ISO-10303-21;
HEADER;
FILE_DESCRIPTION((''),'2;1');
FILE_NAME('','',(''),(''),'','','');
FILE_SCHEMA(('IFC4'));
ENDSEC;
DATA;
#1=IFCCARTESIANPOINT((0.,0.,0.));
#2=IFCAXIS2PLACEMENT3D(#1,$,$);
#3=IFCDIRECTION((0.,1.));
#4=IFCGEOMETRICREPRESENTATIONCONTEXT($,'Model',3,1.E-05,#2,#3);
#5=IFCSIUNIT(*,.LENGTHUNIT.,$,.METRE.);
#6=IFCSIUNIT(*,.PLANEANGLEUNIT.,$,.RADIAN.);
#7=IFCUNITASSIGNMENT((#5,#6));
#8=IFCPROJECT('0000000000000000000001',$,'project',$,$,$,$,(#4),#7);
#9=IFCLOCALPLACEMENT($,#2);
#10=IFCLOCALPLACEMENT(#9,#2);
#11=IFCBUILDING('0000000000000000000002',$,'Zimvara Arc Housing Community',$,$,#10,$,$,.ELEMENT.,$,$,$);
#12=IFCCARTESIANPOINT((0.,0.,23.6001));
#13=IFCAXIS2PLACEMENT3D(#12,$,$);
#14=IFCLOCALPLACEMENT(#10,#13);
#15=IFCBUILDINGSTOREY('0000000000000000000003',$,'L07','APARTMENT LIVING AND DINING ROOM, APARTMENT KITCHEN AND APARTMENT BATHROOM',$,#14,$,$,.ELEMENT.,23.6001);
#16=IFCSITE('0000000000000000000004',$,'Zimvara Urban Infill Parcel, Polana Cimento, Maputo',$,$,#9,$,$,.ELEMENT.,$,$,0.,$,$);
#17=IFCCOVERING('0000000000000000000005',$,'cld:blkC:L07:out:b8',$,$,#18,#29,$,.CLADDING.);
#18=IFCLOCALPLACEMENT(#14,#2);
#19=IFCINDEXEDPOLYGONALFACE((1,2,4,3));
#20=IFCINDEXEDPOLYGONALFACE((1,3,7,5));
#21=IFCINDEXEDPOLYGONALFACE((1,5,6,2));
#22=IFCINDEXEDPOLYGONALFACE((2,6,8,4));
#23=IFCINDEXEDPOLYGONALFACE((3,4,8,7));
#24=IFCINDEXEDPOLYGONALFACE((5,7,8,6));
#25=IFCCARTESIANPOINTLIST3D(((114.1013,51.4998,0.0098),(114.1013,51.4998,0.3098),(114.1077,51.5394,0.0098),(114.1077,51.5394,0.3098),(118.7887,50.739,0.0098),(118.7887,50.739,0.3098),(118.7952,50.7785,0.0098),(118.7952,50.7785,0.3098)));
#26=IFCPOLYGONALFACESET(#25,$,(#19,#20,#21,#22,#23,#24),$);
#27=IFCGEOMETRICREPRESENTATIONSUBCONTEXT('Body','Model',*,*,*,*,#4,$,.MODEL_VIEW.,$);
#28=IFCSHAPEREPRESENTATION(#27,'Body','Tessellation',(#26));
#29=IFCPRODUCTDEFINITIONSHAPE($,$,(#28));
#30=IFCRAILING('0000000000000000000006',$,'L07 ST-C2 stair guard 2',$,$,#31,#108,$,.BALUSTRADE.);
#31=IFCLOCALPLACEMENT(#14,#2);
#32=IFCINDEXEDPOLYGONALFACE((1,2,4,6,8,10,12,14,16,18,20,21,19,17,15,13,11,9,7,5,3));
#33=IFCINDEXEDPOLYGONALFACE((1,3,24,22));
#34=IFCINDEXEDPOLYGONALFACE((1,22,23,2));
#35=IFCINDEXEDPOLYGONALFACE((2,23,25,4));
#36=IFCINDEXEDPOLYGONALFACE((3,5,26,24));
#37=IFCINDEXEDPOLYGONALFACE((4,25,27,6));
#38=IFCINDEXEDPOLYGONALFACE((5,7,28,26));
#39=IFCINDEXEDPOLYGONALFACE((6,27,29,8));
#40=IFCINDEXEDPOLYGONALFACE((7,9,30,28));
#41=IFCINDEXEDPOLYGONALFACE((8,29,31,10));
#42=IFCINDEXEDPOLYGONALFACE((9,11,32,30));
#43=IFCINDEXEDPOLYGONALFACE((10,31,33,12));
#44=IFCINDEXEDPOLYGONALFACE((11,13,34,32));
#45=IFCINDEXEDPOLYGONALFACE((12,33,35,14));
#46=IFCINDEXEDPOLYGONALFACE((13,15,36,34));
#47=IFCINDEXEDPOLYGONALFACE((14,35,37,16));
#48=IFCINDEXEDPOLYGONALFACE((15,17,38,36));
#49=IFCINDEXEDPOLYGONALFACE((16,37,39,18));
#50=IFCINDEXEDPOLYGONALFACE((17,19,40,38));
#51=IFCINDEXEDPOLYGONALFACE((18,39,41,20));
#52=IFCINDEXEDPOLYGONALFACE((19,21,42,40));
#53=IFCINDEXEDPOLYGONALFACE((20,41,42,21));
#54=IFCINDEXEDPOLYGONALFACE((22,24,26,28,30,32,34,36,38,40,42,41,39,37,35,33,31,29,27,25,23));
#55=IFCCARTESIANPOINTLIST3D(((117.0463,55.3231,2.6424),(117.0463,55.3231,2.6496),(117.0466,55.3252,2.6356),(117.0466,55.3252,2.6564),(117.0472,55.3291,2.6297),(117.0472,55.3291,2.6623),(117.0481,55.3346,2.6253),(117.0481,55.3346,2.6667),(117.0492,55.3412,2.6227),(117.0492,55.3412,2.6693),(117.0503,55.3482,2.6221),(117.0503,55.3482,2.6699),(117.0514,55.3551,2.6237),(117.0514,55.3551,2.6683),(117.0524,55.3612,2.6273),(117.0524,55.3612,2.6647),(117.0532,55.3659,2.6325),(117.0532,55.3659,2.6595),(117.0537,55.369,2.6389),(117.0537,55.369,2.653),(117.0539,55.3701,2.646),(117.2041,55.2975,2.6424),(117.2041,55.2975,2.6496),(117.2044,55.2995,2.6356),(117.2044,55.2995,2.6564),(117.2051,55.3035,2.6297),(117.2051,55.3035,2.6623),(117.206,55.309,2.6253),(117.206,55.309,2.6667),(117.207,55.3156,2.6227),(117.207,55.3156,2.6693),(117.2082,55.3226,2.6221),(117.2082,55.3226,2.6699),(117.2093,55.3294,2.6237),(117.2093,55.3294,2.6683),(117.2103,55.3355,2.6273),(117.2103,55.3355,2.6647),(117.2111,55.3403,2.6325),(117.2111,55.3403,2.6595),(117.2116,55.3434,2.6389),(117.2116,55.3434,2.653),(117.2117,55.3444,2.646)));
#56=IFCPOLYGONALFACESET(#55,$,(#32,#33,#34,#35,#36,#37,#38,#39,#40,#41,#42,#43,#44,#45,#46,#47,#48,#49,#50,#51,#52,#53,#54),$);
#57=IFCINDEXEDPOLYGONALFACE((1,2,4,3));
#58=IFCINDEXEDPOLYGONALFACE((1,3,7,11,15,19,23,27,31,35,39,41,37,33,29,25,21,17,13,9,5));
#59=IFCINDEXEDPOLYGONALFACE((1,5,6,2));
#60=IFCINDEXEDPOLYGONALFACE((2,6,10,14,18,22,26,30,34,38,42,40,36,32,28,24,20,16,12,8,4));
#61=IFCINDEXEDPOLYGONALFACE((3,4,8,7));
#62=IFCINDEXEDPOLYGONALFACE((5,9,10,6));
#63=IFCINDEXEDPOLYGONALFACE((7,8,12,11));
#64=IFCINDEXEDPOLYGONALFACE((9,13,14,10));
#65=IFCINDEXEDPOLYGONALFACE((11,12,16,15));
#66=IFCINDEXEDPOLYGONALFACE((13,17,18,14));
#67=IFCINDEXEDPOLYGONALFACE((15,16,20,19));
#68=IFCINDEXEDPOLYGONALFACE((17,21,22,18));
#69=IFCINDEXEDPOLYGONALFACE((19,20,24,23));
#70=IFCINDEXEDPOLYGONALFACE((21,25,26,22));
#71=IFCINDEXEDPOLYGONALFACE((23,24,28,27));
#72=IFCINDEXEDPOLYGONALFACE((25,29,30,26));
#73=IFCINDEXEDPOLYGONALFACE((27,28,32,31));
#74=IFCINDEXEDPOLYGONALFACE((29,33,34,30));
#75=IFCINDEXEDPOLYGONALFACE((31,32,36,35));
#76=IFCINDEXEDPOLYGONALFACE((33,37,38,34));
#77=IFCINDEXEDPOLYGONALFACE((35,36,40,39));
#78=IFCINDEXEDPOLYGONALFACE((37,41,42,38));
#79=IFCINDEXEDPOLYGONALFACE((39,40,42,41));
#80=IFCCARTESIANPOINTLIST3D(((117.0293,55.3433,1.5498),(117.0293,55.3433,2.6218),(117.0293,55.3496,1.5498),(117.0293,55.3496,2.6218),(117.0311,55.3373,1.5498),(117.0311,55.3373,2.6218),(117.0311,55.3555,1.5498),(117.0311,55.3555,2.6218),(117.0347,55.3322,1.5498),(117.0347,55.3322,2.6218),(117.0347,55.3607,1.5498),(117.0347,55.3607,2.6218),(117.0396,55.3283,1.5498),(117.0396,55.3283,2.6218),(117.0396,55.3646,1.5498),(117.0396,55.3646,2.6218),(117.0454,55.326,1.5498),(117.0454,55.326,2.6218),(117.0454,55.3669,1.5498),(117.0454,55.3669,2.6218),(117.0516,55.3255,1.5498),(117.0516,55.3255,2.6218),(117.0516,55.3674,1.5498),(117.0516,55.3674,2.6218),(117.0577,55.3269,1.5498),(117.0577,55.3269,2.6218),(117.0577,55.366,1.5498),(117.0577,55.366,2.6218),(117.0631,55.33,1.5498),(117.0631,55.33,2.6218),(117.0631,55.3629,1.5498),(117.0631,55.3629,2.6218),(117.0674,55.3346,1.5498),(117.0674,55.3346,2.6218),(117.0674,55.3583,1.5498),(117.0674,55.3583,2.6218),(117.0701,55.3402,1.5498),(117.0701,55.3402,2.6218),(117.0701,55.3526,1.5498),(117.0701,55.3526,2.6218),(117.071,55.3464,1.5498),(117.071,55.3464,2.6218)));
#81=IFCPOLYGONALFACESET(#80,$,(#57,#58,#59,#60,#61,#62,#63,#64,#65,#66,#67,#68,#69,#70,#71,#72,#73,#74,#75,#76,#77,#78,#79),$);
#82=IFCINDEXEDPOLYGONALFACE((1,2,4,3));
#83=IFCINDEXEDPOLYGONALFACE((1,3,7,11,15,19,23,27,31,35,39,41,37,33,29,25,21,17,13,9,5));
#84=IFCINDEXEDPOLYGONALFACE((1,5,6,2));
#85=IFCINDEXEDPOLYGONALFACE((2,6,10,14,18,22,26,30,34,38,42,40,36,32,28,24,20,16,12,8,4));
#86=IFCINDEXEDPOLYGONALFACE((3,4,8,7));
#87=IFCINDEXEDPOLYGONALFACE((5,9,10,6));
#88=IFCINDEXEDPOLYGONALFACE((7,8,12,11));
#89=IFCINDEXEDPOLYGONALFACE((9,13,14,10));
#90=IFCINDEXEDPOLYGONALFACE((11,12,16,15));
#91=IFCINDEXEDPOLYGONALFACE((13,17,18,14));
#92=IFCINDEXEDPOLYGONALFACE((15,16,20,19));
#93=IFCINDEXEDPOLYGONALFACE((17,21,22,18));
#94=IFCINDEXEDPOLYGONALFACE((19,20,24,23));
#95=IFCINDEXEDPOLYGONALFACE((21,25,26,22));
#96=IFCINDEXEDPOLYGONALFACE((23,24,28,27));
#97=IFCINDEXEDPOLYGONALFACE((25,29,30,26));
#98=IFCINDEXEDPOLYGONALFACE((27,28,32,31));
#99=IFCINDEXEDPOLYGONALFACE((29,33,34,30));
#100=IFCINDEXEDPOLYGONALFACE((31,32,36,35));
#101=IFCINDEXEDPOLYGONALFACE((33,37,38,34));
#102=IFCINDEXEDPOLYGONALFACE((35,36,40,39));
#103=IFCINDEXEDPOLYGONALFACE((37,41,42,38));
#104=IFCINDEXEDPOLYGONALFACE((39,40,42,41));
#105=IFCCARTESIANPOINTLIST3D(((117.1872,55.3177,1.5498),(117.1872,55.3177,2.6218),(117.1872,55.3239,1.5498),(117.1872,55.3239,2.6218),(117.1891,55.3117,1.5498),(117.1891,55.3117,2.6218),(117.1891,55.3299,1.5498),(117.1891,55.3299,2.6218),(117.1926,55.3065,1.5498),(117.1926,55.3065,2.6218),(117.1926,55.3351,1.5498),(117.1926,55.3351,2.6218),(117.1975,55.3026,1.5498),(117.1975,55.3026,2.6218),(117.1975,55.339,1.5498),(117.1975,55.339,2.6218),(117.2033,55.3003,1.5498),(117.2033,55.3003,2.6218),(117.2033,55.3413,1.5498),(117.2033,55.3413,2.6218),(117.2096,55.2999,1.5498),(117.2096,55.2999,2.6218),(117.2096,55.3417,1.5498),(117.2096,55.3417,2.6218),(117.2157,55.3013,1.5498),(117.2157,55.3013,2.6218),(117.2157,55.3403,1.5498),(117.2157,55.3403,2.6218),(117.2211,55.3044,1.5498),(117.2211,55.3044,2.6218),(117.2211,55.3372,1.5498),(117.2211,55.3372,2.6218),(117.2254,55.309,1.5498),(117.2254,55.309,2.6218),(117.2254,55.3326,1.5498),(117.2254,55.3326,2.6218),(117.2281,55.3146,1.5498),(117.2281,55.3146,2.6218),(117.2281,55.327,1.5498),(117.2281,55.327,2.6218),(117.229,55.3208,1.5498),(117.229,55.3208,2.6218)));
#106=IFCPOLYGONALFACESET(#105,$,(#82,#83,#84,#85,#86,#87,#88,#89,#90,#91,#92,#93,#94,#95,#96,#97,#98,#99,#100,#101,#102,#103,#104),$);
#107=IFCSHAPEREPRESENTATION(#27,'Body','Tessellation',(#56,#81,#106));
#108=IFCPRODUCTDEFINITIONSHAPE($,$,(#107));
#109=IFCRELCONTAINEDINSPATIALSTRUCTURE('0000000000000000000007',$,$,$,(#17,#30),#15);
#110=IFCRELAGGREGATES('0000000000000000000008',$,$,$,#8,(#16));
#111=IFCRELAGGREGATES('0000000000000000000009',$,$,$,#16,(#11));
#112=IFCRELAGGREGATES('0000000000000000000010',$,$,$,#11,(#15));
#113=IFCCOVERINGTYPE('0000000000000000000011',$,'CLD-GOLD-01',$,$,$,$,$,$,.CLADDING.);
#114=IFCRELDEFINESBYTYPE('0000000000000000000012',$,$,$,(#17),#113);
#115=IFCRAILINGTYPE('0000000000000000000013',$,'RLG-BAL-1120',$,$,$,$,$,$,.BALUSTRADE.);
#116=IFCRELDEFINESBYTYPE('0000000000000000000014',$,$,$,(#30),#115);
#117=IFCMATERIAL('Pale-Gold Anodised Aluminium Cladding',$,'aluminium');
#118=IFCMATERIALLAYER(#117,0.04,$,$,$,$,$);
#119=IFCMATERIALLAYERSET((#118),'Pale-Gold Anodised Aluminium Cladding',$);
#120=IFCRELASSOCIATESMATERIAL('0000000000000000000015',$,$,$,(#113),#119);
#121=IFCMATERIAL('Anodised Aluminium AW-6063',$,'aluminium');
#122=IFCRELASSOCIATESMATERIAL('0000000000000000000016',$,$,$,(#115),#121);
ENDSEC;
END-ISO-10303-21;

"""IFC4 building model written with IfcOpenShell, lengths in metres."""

from ifc_helpers import new_model, si_unit, direction, frame, origin, origin_2d, place, context, subcontext, project, spatial, rectangle, circle, extrude, material, layer, layer_set, type_object, element, save


model = new_model("IFC4")

# Units and contexts
model_context = context("Model", 3, precision=1e-05, world=origin(), true_north=direction((0.0, 1.0)))
body_context = subcontext(model_context, "Body", "Model", "MODEL_VIEW")
ifc_project = project(units=[si_unit("LENGTHUNIT", "METRE"), si_unit("PLANEANGLEUNIT", "RADIAN")], contexts=[model_context])

# Site, building, storey
site_placement = place(None, origin())
site = spatial("IfcSite", under=ifc_project, at=site_placement, Name="Zimvara Urban Infill Parcel, Polana Cimento, Maputo", CompositionType="ELEMENT", RefElevation=0.0)
building_placement = place(site_placement, origin())
building = spatial("IfcBuilding", under=site, at=building_placement, Name="Zimvara Arc Housing Community", CompositionType="ELEMENT")
storey_placement = place(building_placement, frame((0.0, 0.0, 23.6001)))
storey = spatial("IfcBuildingStorey", under=building, at=storey_placement, Name="L07", Description="APARTMENT LIVING AND DINING ROOM, APARTMENT KITCHEN AND APARTMENT BATHROOM", CompositionType="ELEMENT", Elevation=23.6001)

# Covering
ifc_material_1 = material(Name="Pale-Gold Anodised Aluminium Cladding", Category="aluminium")
ifc_layer_1 = layer(ifc_material_1, 0.04)
ifc_layer_set_1 = layer_set([ifc_layer_1], Name="Pale-Gold Anodised Aluminium Cladding")
covering_type = type_object("IfcCoveringType", Name="CLD-GOLD-01", PredefinedType="CLADDING", material=ifc_layer_set_1)
covering_placement = place(storey_placement, frame((116.4482, 51.1392, 0.0098), z_axis=(0.0, 0.0, 1.0), x_axis=(0.98708, -0.160226, 0.0)))
element("IfcCovering", 1, at=covering_placement, inside=storey, type_object=covering_type, Name="cld:blkC:L07:out:b8", PredefinedType="CLADDING", context=body_context, shape_type="SweptSolid", body=[
    extrude(rectangle(XDim=4.7488, YDim=0.04, at=origin_2d()), origin(), (0.0, 0.0, 1.0), 0.3),
])

# Railing
ifc_material_2 = material(Name="Anodised Aluminium AW-6063", Category="aluminium")
railing_type_1 = type_object("IfcRailingType", Name="RLG-BAL-1120", PredefinedType="BALUSTRADE", material=ifc_material_2)
railing_1_placement = place(storey_placement, frame((117.05, 55.3464, 1.5498)))
element("IfcRailing", 2, at=railing_1_placement, inside=storey, type_object=railing_type_1, Name="L07 ST-C2 stair guard 2", PredefinedType="BALUSTRADE", context=body_context, shape_type="SweptSolid", body=[
    extrude(circle(Radius=0.0239, at=origin_2d()), frame((0.0, 0.0, 1.0962), z_axis=(0.987086, -0.160192, 0.0), x_axis=(0.160192, 0.987086, 0.0)), (0.0, 0.0, 1.0), 0.1599),
    extrude(circle(Radius=0.021, at=origin_2d()), origin(), (0.0, 0.0, 1.0), 1.072),
    extrude(circle(Radius=0.021, at=origin_2d()), frame((0.158, -0.0256, 0.0)), (0.0, 0.0, 1.0), 1.072),
])

save(model, "model.ifc")
